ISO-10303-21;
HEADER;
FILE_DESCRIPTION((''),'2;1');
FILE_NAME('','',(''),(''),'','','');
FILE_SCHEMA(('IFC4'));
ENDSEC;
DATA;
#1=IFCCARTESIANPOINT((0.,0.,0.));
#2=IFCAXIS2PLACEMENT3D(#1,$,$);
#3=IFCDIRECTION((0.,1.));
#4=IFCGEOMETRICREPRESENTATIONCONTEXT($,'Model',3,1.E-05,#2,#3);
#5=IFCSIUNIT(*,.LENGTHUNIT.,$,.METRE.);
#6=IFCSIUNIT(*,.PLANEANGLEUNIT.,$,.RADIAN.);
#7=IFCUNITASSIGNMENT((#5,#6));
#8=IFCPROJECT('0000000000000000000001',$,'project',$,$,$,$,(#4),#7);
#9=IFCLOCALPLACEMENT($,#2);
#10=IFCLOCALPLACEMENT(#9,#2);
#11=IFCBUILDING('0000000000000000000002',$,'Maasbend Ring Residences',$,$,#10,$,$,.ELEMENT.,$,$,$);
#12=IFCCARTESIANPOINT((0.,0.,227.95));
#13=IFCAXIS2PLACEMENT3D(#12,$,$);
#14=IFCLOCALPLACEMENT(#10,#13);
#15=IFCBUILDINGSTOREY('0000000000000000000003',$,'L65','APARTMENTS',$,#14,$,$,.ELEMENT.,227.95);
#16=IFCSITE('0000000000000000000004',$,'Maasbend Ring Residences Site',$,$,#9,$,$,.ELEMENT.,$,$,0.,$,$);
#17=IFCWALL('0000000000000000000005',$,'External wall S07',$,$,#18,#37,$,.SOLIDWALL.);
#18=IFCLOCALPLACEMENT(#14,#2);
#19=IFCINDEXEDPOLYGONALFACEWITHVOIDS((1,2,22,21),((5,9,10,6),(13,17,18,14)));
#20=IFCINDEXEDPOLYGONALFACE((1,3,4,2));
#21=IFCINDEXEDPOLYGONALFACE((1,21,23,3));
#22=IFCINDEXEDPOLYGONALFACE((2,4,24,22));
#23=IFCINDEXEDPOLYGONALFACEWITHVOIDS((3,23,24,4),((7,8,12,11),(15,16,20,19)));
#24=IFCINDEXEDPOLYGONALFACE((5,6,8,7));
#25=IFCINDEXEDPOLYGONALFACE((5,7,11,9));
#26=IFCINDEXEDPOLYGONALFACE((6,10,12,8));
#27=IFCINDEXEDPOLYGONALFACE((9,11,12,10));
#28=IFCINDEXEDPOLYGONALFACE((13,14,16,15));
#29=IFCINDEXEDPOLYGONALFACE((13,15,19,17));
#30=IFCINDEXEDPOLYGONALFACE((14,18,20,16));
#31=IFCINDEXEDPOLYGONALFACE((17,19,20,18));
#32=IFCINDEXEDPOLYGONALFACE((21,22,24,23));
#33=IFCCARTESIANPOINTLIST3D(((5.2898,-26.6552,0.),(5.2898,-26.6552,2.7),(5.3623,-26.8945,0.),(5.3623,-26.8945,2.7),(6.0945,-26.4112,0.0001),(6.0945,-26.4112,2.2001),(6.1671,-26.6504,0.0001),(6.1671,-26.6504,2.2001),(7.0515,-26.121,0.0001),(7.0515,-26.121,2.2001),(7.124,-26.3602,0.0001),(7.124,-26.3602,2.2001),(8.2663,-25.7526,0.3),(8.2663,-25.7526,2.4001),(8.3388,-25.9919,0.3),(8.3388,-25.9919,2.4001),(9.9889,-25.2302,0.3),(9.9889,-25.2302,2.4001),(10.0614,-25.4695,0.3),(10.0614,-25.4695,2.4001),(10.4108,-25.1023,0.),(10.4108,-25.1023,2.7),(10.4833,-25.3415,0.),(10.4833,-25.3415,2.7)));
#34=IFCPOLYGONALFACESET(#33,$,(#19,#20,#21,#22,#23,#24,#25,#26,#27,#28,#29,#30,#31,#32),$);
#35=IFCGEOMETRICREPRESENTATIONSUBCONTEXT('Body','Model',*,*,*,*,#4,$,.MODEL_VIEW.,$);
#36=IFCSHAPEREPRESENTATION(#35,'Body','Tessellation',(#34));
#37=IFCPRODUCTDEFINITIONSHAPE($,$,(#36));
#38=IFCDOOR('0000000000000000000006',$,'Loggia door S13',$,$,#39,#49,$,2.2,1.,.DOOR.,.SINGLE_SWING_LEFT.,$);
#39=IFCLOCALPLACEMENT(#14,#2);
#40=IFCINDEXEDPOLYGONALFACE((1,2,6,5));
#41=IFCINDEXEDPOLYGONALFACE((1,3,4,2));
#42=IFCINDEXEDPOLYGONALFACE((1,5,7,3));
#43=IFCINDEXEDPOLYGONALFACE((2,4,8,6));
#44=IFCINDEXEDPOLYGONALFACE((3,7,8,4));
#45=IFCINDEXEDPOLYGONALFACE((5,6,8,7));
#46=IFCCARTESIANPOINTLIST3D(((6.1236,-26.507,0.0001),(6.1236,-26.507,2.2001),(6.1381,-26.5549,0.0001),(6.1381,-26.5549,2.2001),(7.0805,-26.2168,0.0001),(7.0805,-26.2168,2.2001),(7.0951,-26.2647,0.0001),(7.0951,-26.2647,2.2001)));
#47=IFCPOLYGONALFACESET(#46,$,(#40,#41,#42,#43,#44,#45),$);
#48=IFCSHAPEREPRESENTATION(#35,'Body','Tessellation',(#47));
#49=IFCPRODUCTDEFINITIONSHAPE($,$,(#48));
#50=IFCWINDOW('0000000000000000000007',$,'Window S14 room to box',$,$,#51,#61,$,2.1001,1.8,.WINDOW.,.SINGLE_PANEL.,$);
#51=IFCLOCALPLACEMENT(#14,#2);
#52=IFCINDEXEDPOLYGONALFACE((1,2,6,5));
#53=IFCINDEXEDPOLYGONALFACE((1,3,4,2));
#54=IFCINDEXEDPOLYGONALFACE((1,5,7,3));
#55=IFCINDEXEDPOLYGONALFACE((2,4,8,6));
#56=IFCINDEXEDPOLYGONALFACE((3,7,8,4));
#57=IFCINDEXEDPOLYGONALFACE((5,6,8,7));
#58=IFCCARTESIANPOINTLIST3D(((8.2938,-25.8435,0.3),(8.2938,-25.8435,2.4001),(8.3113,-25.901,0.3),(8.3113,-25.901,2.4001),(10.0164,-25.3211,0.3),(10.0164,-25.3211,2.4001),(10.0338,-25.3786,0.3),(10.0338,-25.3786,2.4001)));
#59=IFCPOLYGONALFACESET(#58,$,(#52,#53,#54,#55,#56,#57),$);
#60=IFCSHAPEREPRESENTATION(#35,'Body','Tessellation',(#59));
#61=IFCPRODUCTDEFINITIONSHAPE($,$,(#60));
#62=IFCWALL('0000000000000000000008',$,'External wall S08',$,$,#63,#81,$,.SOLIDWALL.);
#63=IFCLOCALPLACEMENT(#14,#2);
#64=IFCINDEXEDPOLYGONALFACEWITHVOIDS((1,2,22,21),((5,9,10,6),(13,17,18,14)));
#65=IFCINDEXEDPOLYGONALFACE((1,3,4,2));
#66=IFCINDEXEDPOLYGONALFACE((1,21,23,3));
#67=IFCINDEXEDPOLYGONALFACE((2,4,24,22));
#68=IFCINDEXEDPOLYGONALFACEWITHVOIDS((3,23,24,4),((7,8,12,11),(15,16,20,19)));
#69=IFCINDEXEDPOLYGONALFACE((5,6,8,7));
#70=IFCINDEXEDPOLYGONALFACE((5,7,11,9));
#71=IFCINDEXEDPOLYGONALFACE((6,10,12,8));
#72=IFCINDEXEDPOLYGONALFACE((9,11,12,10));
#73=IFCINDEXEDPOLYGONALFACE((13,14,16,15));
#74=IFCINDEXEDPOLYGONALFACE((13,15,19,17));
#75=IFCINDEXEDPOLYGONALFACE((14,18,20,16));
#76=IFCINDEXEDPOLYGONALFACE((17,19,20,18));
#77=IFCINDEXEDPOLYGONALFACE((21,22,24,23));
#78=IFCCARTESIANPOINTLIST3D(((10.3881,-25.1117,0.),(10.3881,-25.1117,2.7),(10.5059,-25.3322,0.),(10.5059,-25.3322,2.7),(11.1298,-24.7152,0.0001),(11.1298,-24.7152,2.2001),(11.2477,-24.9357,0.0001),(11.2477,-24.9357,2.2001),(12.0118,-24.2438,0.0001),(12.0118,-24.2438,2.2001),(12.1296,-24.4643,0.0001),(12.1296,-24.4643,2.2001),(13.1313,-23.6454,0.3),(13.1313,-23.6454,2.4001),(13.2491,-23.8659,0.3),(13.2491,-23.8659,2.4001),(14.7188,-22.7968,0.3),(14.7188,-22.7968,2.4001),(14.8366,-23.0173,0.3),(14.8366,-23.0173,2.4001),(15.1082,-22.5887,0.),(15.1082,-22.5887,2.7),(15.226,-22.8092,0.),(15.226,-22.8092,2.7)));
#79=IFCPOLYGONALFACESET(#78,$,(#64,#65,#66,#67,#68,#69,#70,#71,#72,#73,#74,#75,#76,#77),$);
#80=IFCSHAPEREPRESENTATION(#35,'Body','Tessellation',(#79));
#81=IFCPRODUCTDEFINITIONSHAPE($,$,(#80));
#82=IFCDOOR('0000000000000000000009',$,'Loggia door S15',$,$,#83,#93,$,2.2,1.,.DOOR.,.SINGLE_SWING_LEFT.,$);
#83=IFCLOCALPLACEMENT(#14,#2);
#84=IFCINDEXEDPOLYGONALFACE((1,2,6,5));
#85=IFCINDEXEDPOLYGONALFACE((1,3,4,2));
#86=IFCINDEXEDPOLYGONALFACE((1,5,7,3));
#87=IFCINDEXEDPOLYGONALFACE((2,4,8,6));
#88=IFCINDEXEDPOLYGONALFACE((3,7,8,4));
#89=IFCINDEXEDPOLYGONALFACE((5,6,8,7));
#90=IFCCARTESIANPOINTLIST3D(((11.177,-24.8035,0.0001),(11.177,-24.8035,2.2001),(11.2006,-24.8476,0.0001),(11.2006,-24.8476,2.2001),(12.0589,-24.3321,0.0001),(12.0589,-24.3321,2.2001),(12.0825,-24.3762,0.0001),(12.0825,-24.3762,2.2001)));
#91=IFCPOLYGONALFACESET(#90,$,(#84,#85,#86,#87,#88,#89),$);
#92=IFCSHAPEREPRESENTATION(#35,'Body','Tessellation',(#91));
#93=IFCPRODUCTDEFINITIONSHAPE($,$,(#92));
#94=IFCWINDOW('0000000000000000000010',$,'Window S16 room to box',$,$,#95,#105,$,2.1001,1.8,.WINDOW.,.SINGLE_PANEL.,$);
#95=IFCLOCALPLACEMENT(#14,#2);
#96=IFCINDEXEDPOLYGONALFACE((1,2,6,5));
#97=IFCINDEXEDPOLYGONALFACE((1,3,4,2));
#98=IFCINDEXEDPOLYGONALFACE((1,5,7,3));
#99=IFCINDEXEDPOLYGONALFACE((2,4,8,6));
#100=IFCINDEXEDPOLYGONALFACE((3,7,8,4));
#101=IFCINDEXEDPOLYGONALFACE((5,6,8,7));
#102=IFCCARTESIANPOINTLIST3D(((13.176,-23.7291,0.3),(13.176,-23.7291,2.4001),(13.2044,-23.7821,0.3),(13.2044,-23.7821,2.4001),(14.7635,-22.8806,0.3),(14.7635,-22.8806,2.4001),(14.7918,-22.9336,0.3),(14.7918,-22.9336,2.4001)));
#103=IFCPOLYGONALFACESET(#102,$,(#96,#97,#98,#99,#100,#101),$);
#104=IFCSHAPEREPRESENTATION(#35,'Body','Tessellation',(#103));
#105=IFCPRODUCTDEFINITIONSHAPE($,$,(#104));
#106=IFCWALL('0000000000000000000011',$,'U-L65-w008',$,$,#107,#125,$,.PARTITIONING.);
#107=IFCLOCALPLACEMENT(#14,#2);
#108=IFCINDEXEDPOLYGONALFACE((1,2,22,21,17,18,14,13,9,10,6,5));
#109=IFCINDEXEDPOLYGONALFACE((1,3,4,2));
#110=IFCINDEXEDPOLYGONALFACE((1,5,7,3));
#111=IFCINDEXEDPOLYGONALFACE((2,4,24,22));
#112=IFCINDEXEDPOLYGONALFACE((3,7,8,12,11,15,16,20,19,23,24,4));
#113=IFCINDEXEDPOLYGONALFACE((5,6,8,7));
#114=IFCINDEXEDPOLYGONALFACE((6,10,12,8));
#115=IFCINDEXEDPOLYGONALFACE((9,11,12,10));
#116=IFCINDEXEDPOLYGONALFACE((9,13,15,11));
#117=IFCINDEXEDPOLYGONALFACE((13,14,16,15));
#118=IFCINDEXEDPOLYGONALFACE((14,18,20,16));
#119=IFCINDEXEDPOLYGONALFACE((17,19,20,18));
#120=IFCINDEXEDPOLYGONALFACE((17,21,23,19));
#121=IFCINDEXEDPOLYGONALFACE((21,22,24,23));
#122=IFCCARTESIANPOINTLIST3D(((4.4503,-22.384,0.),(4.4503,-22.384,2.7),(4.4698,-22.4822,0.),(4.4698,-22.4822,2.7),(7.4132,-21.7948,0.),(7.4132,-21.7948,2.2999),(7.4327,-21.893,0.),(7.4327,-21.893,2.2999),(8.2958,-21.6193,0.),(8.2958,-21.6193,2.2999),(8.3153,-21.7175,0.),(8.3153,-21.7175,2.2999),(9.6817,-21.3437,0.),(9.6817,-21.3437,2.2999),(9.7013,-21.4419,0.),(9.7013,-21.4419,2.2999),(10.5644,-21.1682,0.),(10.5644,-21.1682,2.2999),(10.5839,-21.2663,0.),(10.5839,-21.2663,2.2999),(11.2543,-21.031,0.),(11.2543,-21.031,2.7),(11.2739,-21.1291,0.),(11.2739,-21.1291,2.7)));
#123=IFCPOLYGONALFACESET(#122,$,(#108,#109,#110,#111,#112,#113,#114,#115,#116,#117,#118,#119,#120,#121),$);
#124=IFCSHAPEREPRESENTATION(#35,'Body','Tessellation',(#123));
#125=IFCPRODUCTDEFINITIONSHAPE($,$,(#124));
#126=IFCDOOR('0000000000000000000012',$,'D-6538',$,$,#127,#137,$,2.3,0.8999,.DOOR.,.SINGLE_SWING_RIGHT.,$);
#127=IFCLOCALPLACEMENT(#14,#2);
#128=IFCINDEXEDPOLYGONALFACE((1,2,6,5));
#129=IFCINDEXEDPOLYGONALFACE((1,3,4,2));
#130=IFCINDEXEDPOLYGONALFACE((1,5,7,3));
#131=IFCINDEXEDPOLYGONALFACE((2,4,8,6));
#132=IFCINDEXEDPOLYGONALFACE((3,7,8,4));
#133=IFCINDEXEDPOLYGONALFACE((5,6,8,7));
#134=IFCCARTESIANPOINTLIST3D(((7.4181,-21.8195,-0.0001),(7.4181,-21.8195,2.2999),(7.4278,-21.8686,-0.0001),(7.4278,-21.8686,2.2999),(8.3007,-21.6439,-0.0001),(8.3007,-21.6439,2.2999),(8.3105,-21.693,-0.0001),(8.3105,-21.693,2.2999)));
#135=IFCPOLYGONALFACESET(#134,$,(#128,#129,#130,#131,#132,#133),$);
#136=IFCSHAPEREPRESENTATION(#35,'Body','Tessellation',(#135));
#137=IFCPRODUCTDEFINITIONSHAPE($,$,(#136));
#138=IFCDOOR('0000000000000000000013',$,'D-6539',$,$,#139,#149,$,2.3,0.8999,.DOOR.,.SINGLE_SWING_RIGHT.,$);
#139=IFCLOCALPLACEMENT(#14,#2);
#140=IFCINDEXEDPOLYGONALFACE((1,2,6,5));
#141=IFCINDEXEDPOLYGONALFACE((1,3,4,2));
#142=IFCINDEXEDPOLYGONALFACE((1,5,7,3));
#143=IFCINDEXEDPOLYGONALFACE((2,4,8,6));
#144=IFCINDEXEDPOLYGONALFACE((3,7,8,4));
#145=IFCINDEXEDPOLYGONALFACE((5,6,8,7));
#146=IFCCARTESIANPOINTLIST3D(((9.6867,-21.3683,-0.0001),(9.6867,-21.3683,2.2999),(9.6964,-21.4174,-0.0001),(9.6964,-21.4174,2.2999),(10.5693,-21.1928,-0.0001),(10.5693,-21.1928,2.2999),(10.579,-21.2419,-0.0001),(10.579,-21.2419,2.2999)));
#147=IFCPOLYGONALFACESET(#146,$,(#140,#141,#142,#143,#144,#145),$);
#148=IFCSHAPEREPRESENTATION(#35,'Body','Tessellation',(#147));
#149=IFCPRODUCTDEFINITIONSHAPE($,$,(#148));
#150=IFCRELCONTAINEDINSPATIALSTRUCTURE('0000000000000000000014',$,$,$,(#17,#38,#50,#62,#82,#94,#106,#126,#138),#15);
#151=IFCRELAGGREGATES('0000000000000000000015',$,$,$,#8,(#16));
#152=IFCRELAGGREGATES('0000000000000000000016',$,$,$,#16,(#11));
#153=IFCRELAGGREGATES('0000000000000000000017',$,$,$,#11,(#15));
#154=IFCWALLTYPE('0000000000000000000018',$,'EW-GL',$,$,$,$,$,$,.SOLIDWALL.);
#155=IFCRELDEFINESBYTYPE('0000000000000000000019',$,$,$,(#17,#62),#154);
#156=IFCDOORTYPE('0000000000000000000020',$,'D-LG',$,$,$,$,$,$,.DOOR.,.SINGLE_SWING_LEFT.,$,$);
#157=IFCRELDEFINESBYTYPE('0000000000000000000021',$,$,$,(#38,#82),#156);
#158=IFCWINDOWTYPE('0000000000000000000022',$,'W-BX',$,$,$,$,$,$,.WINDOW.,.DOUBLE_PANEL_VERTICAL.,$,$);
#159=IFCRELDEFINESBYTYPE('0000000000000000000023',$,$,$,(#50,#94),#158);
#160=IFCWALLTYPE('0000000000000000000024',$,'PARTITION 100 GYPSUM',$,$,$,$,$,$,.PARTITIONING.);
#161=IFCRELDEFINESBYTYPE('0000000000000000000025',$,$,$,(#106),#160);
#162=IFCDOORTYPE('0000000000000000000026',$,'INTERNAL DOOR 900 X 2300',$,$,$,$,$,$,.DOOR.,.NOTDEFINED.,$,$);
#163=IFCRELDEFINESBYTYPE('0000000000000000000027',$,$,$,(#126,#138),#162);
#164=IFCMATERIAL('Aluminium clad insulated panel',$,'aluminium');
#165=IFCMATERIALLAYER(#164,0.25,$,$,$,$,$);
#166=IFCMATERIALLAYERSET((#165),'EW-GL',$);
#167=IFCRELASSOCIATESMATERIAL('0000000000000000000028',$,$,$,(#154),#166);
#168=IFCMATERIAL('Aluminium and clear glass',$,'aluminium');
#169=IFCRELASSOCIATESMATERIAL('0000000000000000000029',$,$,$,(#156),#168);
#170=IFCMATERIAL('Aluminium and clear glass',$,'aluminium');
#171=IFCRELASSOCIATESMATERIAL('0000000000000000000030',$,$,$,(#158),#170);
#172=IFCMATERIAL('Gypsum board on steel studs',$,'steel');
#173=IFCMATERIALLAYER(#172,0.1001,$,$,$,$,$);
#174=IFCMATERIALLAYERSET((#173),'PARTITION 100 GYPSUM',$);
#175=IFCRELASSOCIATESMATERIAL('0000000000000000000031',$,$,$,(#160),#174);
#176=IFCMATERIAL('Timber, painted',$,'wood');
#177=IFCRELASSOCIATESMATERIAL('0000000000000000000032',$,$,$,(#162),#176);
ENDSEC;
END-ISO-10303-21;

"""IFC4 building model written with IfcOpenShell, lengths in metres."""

from ifc_helpers import new_model, si_unit, direction, frame, frame_2d, origin, place, context, subcontext, project, spatial, rectangle, extrude, material, layer, layer_set, type_object, element, fill, save


model = new_model("IFC4")

# Units and contexts
model_context = context("Model", 3, precision=1e-05, world=origin(), true_north=direction((0.0, 1.0)))
body_context = subcontext(model_context, "Body", "Model", "MODEL_VIEW")
ifc_project = project(units=[si_unit("LENGTHUNIT", "METRE"), si_unit("PLANEANGLEUNIT", "RADIAN")], contexts=[model_context])

# Site, building, storey
site_placement = place(None, origin())
site = spatial("IfcSite", under=ifc_project, at=site_placement, Name="Maasbend Ring Residences Site", CompositionType="ELEMENT", RefElevation=0.0)
building_placement = place(site_placement, origin())
building = spatial("IfcBuilding", under=site, at=building_placement, Name="Maasbend Ring Residences", CompositionType="ELEMENT")
storey_placement = place(building_placement, frame((0.0, 0.0, 227.95)))
storey = spatial("IfcBuildingStorey", under=building, at=storey_placement, Name="L65", Description="APARTMENTS", CompositionType="ELEMENT", Elevation=227.95)

# Walls, openings, doors, windows
ifc_material_1 = material(Name="Aluminium clad insulated panel", Category="aluminium")
ifc_layer_1 = layer(ifc_material_1, 0.25)
ifc_layer_set_1 = layer_set([ifc_layer_1], Name="EW-GL")
wall_type_1 = type_object("IfcWallType", Name="EW-GL", PredefinedType="SOLIDWALL", material=ifc_layer_set_1)
wall_1_placement = place(storey_placement, frame((5.3259, -26.7749, 0.0), z_axis=(0.0, 0.0, 1.0), x_axis=(0.956966, 0.290201, 0.0)))
wall_1 = element("IfcWall", 1, at=wall_1_placement, inside=storey, type_object=wall_type_1, Name="External wall S07", PredefinedType="SOLIDWALL", context=body_context, shape_type="SweptSolid", body=[
    extrude(rectangle(XDim=5.3513, YDim=0.25, at=frame_2d((2.6758, 0.0))), origin(), (0.0, 0.0, 1.0), 2.7),
])
opening_1_placement = place(wall_1_placement, frame((0.8411, 0.0, 0.0)))
opening_1 = element("IfcOpeningElement", 2, at=opening_1_placement, cuts=wall_1, PredefinedType="OPENING", context=body_context, shape_type="SweptSolid", body=[
    extrude(rectangle(XDim=1.0, YDim=2.2, at=frame_2d((0.5, 1.1001))), frame((0.0, 0.135, 0.0), z_axis=(0.0, -1.0, 0.0), x_axis=(1.0, 0.0, 0.0)), (0.0, 0.0, 1.0), 0.27),
])
opening_2_placement = place(wall_1_placement, frame((3.1106, 0.0, 0.3)))
opening_2 = element("IfcOpeningElement", 3, at=opening_2_placement, cuts=wall_1, PredefinedType="OPENING", context=body_context, shape_type="SweptSolid", body=[
    extrude(rectangle(XDim=1.8, YDim=2.1001, at=frame_2d((0.8999, 1.05))), frame((0.0, 0.135, 0.0), z_axis=(0.0, -1.0, 0.0), x_axis=(1.0, 0.0, 0.0)), (0.0, 0.0, 1.0), 0.27),
])
ifc_material_2 = material(Name="Aluminium and clear glass", Category="aluminium")
door_type_1 = type_object("IfcDoorType", Name="D-LG", OperationType="SINGLE_SWING_LEFT", PredefinedType="DOOR", material=ifc_material_2)
door_1_placement = place(opening_1_placement, origin())
door_1 = element("IfcDoor", 4, at=door_1_placement, inside=storey, type_object=door_type_1, Name="Loggia door S13", OperationType="SINGLE_SWING_LEFT", OverallHeight=2.2, OverallWidth=1.0, PredefinedType="DOOR", context=body_context, shape_type="SweptSolid", body=[
    extrude(rectangle(XDim=1.0, YDim=2.2, at=frame_2d((0.5, 1.1001))), frame((0.0, 0.0249, 0.0), z_axis=(0.0, -1.0, 0.0), x_axis=(1.0, 0.0, 0.0)), (0.0, 0.0, 1.0), 0.05),
])
fill(opening_1, door_1)
ifc_material_3 = material(Name="Aluminium and clear glass", Category="aluminium")
window_type_1 = type_object("IfcWindowType", Name="W-BX", PartitioningType="DOUBLE_PANEL_VERTICAL", PredefinedType="WINDOW", material=ifc_material_3)
window_1_placement = place(opening_2_placement, origin())
window_1 = element("IfcWindow", 5, at=window_1_placement, inside=storey, type_object=window_type_1, Name="Window S14 room to box", OverallHeight=2.1001, OverallWidth=1.8, PartitioningType="SINGLE_PANEL", PredefinedType="WINDOW", context=body_context, shape_type="SweptSolid", body=[
    extrude(rectangle(XDim=1.8, YDim=2.1001, at=frame_2d((0.8999, 1.05))), frame((0.0, 0.03, 0.0), z_axis=(0.0, -1.0, 0.0), x_axis=(1.0, 0.0, 0.0)), (0.0, 0.0, 1.0), 0.0601),
])
fill(opening_2, window_1)
wall_2_placement = place(storey_placement, frame((10.447, -25.2219, 0.0), z_axis=(0.0, 0.0, 1.0), x_axis=(0.881916, 0.471407, 0.0)))
wall_2 = element("IfcWall", 6, at=wall_2_placement, inside=storey, type_object=wall_type_1, Name="External wall S08", PredefinedType="SOLIDWALL", context=body_context, shape_type="SweptSolid", body=[
    extrude(rectangle(XDim=5.3521, YDim=0.25, at=frame_2d((2.676, 0.0))), origin(), (0.0, 0.0, 1.0), 2.7),
])
opening_3_placement = place(wall_2_placement, frame((0.8411, 0.0, 0.0)))
opening_3 = element("IfcOpeningElement", 7, at=opening_3_placement, cuts=wall_2, PredefinedType="OPENING", context=body_context, shape_type="SweptSolid", body=[
    extrude(rectangle(XDim=1.0, YDim=2.2, at=frame_2d((0.5, 1.1001))), frame((0.0, 0.135, 0.0), z_axis=(0.0, -1.0, 0.0), x_axis=(1.0, 0.0, 0.0)), (0.0, 0.0, 1.0), 0.27),
])
opening_4_placement = place(wall_2_placement, frame((3.1106, 0.0, 0.3)))
opening_4 = element("IfcOpeningElement", 8, at=opening_4_placement, cuts=wall_2, PredefinedType="OPENING", context=body_context, shape_type="SweptSolid", body=[
    extrude(rectangle(XDim=1.8, YDim=2.1001, at=frame_2d((0.8999, 1.05))), frame((0.0, 0.135, 0.0), z_axis=(0.0, -1.0, 0.0), x_axis=(1.0, 0.0, 0.0)), (0.0, 0.0, 1.0), 0.27),
])
door_2_placement = place(opening_3_placement, origin())
door_2 = element("IfcDoor", 9, at=door_2_placement, inside=storey, type_object=door_type_1, Name="Loggia door S15", OperationType="SINGLE_SWING_LEFT", OverallHeight=2.2, OverallWidth=1.0, PredefinedType="DOOR", context=body_context, shape_type="SweptSolid", body=[
    extrude(rectangle(XDim=1.0, YDim=2.2, at=frame_2d((0.5, 1.1001))), frame((0.0, 0.0249, 0.0), z_axis=(0.0, -1.0, 0.0), x_axis=(1.0, 0.0, 0.0)), (0.0, 0.0, 1.0), 0.05),
])
fill(opening_3, door_2)
window_2_placement = place(opening_4_placement, origin())
window_2 = element("IfcWindow", 10, at=window_2_placement, inside=storey, type_object=window_type_1, Name="Window S16 room to box", OverallHeight=2.1001, OverallWidth=1.8, PartitioningType="SINGLE_PANEL", PredefinedType="WINDOW", context=body_context, shape_type="SweptSolid", body=[
    extrude(rectangle(XDim=1.8, YDim=2.1001, at=frame_2d((0.8999, 1.05))), frame((0.0, 0.03, 0.0), z_axis=(0.0, -1.0, 0.0), x_axis=(1.0, 0.0, 0.0)), (0.0, 0.0, 1.0), 0.0601),
])
fill(opening_4, window_2)

# Wall, openings, doors
ifc_material_4 = material(Name="Gypsum board on steel studs", Category="steel")
ifc_layer_2 = layer(ifc_material_4, 0.1001)
ifc_layer_set_2 = layer_set([ifc_layer_2], Name="PARTITION 100 GYPSUM")
wall_type_2 = type_object("IfcWallType", Name="PARTITION 100 GYPSUM", PredefinedType="PARTITIONING", material=ifc_layer_set_2)
wall_3_placement = place(storey_placement, frame((4.46, -22.4331, 0.0), z_axis=(0.0, 0.0, 1.0), x_axis=(0.980795, 0.19504, 0.0)))
wall_3 = element("IfcWall", 11, at=wall_3_placement, inside=storey, type_object=wall_type_2, Name="U-L65-w008", PredefinedType="PARTITIONING", context=body_context, shape_type="SweptSolid", body=[
    extrude(rectangle(XDim=6.9373, YDim=0.1001, at=frame_2d((3.4688, 0.0))), origin(), (0.0, 0.0, 1.0), 2.7),
])
opening_5_placement = place(wall_3_placement, frame((3.021, 0.0, 0.0)))
opening_5 = element("IfcOpeningElement", 12, at=opening_5_placement, cuts=wall_3, PredefinedType="OPENING", context=body_context, shape_type="SweptSolid", body=[
    extrude(rectangle(XDim=0.8999, YDim=2.3, at=frame_2d((0.45, 1.1499))), frame((0.0, 0.0601, 0.0), z_axis=(0.0, -1.0, 0.0), x_axis=(1.0, 0.0, 0.0)), (0.0, 0.0, 1.0), 0.1201),
])
opening_6_placement = place(wall_3_placement, frame((5.334, 0.0, 0.0)))
opening_6 = element("IfcOpeningElement", 13, at=opening_6_placement, cuts=wall_3, PredefinedType="OPENING", context=body_context, shape_type="SweptSolid", body=[
    extrude(rectangle(XDim=0.8999, YDim=2.3, at=frame_2d((0.45, 1.1499))), frame((0.0, 0.0601, 0.0), z_axis=(0.0, -1.0, 0.0), x_axis=(1.0, 0.0, 0.0)), (0.0, 0.0, 1.0), 0.1201),
])
ifc_material_5 = material(Name="Timber, painted", Category="wood")
door_type_2 = type_object("IfcDoorType", Name="INTERNAL DOOR 900 X 2300", OperationType="NOTDEFINED", PredefinedType="DOOR", material=ifc_material_5)
door_3_placement = place(opening_5_placement, origin())
door_3 = element("IfcDoor", 14, at=door_3_placement, inside=storey, type_object=door_type_2, Name="D-6538", OperationType="SINGLE_SWING_RIGHT", OverallHeight=2.3, OverallWidth=0.8999, PredefinedType="DOOR", context=body_context, shape_type="SweptSolid", body=[
    extrude(rectangle(XDim=0.8999, YDim=2.3, at=frame_2d((0.45, 1.1499))), frame((0.0, 0.0249, 0.0), z_axis=(0.0, -1.0, 0.0), x_axis=(1.0, 0.0, 0.0)), (0.0, 0.0, 1.0), 0.05),
])
fill(opening_5, door_3)
door_4_placement = place(opening_6_placement, origin())
door_4 = element("IfcDoor", 15, at=door_4_placement, inside=storey, type_object=door_type_2, Name="D-6539", OperationType="SINGLE_SWING_RIGHT", OverallHeight=2.3, OverallWidth=0.8999, PredefinedType="DOOR", context=body_context, shape_type="SweptSolid", body=[
    extrude(rectangle(XDim=0.8999, YDim=2.3, at=frame_2d((0.45, 1.1499))), frame((0.0, 0.0249, 0.0), z_axis=(0.0, -1.0, 0.0), x_axis=(1.0, 0.0, 0.0)), (0.0, 0.0, 1.0), 0.05),
])
fill(opening_6, door_4)

save(model, "model.ifc")
